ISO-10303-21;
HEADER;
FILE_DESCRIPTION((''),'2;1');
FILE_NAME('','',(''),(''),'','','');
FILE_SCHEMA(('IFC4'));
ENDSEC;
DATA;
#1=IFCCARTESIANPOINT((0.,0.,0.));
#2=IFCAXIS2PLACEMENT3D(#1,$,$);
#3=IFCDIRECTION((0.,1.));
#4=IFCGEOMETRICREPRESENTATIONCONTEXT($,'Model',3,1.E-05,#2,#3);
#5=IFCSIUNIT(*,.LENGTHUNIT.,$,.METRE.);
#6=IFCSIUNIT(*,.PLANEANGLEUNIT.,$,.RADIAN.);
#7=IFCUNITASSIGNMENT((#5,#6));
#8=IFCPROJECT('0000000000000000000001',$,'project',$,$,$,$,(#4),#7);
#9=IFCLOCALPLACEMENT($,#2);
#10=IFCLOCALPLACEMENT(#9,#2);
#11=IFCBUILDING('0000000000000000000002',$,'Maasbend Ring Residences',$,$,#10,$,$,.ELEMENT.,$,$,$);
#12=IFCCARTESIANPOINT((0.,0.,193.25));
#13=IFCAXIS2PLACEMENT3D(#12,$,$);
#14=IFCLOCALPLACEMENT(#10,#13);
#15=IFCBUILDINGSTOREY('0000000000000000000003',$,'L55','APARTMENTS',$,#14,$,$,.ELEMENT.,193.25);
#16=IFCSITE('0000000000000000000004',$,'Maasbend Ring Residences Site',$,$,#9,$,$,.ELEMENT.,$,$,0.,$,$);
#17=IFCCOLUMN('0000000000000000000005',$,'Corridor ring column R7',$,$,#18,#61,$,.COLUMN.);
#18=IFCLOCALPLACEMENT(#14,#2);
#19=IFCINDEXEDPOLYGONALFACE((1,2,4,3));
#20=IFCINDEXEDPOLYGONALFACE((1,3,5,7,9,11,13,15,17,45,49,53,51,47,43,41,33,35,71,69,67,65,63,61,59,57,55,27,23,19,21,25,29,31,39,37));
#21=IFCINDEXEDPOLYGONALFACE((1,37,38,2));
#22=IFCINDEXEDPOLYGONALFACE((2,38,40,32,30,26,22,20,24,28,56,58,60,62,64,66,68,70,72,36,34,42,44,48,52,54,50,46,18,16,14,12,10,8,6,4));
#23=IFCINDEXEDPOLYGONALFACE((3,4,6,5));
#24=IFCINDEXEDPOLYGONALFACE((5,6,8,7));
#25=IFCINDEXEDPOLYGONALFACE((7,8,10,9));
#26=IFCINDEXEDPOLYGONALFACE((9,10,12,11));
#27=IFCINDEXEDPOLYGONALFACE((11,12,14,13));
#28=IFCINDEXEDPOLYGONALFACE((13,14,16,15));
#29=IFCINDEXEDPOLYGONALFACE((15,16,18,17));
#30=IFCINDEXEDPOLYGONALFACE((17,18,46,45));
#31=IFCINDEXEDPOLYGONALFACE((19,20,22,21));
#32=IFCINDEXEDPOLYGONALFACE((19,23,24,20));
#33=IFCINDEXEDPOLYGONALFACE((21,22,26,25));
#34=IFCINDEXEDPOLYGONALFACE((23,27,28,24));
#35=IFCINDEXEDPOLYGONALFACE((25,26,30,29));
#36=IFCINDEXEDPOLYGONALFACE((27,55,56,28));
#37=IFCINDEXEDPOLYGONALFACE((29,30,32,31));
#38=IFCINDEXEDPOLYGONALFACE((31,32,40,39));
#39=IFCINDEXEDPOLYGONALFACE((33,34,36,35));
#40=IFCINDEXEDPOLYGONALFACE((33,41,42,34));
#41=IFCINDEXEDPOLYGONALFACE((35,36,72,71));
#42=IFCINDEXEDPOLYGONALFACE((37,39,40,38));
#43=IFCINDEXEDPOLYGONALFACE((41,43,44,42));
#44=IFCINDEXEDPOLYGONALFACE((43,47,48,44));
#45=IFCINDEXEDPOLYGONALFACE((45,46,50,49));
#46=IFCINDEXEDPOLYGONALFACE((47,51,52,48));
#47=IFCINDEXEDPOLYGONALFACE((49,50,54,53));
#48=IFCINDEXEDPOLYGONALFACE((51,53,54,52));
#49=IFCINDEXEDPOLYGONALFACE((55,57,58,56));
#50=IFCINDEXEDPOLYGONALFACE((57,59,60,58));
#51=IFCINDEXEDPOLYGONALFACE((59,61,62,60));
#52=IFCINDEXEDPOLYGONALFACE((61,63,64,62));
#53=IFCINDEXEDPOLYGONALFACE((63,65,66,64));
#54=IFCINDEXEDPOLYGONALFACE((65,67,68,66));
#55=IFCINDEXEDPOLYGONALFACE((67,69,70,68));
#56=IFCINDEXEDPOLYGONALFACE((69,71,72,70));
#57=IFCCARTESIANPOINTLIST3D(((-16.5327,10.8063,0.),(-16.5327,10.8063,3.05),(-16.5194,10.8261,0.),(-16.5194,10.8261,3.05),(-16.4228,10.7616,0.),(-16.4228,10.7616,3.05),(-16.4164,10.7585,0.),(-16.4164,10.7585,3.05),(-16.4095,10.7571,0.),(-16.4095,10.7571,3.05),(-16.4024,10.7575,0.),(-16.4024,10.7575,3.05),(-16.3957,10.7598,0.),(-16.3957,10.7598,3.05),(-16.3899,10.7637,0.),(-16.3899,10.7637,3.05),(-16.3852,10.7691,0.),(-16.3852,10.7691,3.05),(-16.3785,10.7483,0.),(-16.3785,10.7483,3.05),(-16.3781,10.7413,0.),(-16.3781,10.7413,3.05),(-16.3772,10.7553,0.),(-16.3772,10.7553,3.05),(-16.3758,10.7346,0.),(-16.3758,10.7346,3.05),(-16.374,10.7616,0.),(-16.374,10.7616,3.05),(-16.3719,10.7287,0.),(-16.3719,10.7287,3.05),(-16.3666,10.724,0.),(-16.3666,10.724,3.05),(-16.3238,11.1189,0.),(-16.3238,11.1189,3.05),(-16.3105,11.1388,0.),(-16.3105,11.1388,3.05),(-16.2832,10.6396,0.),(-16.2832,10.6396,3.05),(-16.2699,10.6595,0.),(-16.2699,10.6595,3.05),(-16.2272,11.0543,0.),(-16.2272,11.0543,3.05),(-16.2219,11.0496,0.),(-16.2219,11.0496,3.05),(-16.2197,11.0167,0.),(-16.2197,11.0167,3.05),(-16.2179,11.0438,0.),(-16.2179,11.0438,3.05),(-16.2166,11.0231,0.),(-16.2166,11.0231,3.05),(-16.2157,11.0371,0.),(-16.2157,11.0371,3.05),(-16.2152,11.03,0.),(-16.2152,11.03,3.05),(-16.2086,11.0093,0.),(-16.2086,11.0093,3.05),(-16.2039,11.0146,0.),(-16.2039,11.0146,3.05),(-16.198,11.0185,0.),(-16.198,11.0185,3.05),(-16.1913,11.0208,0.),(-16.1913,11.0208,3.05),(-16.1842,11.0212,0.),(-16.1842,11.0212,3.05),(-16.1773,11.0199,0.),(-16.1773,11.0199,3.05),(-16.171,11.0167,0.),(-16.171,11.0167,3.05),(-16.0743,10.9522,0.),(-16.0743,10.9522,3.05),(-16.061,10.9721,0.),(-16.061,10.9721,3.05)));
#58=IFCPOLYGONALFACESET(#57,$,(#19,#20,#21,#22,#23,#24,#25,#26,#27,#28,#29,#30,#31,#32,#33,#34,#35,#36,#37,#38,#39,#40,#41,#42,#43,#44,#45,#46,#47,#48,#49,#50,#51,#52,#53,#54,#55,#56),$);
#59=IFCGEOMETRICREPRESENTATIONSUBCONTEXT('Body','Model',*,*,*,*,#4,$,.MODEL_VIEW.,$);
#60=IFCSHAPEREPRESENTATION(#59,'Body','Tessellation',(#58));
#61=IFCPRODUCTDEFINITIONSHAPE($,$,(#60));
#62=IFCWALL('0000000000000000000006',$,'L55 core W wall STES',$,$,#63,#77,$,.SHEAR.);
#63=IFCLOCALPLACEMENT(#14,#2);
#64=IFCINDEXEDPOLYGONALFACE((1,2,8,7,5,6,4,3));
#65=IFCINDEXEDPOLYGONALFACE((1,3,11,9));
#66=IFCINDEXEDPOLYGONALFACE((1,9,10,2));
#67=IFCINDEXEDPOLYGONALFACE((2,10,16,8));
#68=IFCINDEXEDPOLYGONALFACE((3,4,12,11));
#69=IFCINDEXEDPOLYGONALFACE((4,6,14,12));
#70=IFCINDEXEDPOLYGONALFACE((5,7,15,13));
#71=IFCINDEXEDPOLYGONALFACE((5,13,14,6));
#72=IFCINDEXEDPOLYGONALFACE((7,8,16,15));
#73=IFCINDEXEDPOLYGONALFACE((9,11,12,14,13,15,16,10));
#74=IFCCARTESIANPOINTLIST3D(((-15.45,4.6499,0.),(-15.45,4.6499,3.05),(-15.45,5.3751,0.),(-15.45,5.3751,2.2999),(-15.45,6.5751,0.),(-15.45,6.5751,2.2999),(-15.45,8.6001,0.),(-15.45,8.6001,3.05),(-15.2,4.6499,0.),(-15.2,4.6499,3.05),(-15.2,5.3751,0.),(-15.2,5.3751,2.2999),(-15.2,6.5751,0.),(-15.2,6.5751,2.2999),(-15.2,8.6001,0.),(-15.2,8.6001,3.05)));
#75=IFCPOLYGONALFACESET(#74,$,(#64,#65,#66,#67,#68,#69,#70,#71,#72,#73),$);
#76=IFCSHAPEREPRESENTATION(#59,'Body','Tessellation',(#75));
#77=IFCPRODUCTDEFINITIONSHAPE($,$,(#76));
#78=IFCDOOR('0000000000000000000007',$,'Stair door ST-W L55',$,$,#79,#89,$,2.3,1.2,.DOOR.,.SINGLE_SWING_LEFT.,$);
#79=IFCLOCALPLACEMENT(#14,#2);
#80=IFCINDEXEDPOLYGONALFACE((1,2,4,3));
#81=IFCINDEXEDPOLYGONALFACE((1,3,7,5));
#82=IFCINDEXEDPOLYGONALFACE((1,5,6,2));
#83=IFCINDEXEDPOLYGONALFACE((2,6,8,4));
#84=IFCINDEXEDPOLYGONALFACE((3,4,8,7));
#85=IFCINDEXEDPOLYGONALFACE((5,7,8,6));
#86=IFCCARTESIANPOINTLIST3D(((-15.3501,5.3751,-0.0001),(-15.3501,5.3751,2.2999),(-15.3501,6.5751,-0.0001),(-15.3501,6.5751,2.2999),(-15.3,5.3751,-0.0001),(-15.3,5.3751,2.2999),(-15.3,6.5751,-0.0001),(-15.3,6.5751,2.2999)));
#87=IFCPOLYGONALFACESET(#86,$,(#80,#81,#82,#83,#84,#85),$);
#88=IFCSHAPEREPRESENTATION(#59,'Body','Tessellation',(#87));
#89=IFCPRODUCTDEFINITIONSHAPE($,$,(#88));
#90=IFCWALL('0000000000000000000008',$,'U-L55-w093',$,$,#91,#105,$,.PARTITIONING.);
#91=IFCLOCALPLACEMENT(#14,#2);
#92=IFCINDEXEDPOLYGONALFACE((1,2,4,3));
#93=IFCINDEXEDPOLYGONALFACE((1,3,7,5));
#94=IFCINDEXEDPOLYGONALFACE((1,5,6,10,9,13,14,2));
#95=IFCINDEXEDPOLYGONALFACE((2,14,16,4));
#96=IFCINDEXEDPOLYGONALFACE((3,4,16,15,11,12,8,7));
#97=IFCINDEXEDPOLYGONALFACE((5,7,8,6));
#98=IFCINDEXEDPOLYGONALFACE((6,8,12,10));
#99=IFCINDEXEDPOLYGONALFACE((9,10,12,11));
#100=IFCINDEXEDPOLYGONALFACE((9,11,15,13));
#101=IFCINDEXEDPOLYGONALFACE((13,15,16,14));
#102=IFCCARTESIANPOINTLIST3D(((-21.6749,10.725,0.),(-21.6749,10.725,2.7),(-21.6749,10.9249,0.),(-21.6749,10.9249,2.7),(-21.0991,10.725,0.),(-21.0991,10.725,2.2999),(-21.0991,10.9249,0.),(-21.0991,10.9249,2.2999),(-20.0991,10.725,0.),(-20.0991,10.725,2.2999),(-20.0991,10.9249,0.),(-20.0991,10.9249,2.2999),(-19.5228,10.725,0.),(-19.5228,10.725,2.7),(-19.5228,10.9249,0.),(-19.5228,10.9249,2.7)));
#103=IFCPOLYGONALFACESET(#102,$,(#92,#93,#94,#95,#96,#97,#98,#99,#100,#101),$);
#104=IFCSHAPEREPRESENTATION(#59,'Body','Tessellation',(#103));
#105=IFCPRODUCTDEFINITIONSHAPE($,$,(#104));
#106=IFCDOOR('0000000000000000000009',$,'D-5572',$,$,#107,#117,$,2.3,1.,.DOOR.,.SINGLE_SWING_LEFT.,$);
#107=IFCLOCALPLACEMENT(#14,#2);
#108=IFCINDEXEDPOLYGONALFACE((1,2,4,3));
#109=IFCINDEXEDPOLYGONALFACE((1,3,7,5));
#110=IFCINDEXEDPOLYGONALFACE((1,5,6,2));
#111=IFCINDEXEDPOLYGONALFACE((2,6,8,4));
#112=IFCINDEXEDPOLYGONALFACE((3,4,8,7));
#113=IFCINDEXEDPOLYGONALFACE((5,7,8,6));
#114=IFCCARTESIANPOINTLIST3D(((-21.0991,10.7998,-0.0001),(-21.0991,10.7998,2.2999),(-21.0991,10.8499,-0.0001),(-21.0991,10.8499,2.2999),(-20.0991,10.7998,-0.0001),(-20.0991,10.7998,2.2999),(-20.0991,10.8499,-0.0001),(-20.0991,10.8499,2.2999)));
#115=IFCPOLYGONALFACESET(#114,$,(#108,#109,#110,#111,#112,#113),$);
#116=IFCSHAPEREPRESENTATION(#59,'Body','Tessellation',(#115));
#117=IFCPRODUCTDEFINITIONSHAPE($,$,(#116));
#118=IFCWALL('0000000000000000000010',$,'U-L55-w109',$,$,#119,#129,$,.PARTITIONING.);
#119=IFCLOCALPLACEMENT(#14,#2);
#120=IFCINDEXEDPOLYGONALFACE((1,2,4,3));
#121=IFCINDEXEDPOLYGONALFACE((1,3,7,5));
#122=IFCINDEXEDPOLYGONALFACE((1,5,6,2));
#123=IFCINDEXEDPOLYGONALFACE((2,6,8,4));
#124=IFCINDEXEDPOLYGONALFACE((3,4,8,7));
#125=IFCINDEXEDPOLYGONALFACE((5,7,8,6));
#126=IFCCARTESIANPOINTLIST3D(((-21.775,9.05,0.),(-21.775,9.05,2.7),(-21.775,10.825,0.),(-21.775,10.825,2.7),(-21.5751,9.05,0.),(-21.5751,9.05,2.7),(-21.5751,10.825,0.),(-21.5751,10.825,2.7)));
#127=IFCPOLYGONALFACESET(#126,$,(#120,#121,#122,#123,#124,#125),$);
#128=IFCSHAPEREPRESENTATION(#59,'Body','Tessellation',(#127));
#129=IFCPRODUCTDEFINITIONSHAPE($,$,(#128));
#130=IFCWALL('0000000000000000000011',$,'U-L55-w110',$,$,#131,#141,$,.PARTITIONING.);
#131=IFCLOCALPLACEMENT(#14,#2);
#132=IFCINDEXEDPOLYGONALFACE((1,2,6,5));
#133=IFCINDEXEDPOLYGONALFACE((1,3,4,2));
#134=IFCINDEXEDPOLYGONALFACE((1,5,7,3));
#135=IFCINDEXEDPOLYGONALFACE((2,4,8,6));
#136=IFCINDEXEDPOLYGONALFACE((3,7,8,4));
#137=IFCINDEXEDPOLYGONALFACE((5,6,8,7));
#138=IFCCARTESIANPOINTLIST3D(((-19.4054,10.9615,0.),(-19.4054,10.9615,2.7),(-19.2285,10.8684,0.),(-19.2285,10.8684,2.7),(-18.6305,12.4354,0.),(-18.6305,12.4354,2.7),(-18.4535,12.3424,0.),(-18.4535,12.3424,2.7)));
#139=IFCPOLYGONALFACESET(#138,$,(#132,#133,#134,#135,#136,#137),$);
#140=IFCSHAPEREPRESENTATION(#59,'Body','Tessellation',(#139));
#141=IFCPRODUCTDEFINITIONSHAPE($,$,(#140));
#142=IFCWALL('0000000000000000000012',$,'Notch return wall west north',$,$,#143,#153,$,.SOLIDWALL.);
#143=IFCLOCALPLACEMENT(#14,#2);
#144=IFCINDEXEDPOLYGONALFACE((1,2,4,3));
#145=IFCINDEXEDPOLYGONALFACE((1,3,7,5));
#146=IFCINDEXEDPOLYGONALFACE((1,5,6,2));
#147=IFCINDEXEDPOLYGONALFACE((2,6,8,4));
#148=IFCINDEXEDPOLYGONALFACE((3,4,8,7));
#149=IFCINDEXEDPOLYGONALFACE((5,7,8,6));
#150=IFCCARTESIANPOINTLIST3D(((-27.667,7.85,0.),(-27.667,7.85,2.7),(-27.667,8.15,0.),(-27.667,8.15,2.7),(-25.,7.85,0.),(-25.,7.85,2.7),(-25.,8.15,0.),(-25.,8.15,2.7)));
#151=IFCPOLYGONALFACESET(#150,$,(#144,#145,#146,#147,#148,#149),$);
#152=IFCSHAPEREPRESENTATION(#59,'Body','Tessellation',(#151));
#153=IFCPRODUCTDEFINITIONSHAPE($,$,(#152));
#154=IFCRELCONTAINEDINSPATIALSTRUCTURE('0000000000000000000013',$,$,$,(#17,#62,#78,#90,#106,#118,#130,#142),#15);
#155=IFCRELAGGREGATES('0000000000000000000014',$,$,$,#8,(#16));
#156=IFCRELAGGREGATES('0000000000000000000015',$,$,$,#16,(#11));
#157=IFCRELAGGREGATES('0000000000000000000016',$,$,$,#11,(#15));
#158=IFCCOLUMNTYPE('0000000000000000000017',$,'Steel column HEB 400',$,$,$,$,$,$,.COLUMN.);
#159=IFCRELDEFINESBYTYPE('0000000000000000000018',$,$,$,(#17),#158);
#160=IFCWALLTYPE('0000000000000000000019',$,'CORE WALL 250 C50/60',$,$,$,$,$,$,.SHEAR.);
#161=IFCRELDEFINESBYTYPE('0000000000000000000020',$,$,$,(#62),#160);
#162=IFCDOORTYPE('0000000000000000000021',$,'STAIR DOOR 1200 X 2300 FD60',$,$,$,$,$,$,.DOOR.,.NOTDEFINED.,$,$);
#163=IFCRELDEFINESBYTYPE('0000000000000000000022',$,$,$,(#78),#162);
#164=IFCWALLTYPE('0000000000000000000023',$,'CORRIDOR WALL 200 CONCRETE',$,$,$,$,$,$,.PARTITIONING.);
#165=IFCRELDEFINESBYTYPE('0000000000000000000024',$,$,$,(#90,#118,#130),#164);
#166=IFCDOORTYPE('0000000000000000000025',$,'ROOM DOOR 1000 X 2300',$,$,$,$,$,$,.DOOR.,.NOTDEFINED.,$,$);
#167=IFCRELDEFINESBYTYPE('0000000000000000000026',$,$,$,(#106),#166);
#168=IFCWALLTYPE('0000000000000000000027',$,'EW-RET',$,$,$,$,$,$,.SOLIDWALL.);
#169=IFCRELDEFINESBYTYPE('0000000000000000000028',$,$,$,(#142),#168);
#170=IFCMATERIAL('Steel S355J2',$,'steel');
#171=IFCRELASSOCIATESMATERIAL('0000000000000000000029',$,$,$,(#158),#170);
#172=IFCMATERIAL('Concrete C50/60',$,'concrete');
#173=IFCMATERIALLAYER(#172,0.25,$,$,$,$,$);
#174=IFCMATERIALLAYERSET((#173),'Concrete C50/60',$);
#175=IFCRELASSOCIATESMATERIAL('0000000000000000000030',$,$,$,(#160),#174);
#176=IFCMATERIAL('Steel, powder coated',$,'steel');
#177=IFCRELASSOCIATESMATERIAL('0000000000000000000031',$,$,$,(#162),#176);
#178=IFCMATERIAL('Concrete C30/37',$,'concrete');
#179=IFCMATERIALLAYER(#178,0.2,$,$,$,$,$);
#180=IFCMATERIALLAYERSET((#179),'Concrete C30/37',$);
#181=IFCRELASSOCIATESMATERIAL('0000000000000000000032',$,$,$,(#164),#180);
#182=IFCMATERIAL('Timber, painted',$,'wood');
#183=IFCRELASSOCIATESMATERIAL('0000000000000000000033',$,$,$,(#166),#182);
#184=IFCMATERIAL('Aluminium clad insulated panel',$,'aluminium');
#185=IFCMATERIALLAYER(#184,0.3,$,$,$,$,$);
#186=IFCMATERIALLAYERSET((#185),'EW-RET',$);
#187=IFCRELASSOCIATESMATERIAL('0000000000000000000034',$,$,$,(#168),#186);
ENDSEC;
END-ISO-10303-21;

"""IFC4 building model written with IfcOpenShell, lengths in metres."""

from ifc_helpers import new_model, si_unit, direction, frame, frame_2d, origin, origin_2d, place, context, subcontext, project, spatial, rectangle, i_section, extrude, material, layer, layer_set, material_profile, profile_set, type_object, element, fill, save


model = new_model("IFC4")

# Units and contexts
model_context = context("Model", 3, precision=1e-05, world=origin(), true_north=direction((0.0, 1.0)))
body_context = subcontext(model_context, "Body", "Model", "MODEL_VIEW")
ifc_project = project(units=[si_unit("LENGTHUNIT", "METRE"), si_unit("PLANEANGLEUNIT", "RADIAN")], contexts=[model_context])

# Site, building, storey
site_placement = place(None, origin())
site = spatial("IfcSite", under=ifc_project, at=site_placement, Name="Maasbend Ring Residences Site", CompositionType="ELEMENT", RefElevation=0.0)
building_placement = place(site_placement, origin())
building = spatial("IfcBuilding", under=site, at=building_placement, Name="Maasbend Ring Residences", CompositionType="ELEMENT")
storey_placement = place(building_placement, frame((0.0, 0.0, 193.25)))
storey = spatial("IfcBuildingStorey", under=building, at=storey_placement, Name="L55", Description="APARTMENTS", CompositionType="ELEMENT", Elevation=193.25)

# Column
ifc_material_1 = material(Name="Steel S355J2", Category="steel")
ifc_material_profile = material_profile(ifc_material_1, i_section(OverallWidth=0.3, OverallDepth=0.3999, WebThickness=0.0134, FlangeThickness=0.0239, FilletRadius=0.0271, at=origin_2d()), Name="HEB 400")
ifc_profile_set = profile_set([ifc_material_profile], Name="Steel S355J2")
column_type = type_object("IfcColumnType", Name="Steel column HEB 400", PredefinedType="COLUMN", material=ifc_profile_set)
column_placement = place(storey_placement, frame((-16.2969, 10.8892, 0.0), z_axis=(0.0, 0.0, 1.0), x_axis=(-0.83147, 0.55557, 0.0)))
element("IfcColumn", 1, at=column_placement, inside=storey, type_object=column_type, Name="Corridor ring column R7", PredefinedType="COLUMN", context=body_context, shape_type="SweptSolid", body=[
    extrude(i_section(OverallWidth=0.3, OverallDepth=0.3999, WebThickness=0.0134, FlangeThickness=0.0239, FilletRadius=0.0271, at=origin_2d()), origin(), (0.0, 0.0, 1.0), 3.05),
])

# Walls, openings, doors
ifc_material_2 = material(Name="Concrete C50/60", Category="concrete")
ifc_layer_1 = layer(ifc_material_2, 0.25)
ifc_layer_set_1 = layer_set([ifc_layer_1], Name="Concrete C50/60")
wall_type_1 = type_object("IfcWallType", Name="CORE WALL 250 C50/60", PredefinedType="SHEAR", material=ifc_layer_set_1)
wall_1_placement = place(storey_placement, frame((-15.325, 8.6001, 0.0), z_axis=(0.0, 0.0, 1.0), x_axis=(0.0, -1.0, 0.0)))
wall_1 = element("IfcWall", 2, at=wall_1_placement, inside=storey, type_object=wall_type_1, Name="L55 core W wall STES", PredefinedType="SHEAR", context=body_context, shape_type="SweptSolid", body=[
    extrude(rectangle(XDim=3.9502, YDim=0.25, at=frame_2d((1.9751, 0.0))), origin(), (0.0, 0.0, 1.0), 3.05),
])
opening_1_placement = place(wall_1_placement, frame((2.0249, 0.0, 0.0)))
opening_1 = element("IfcOpeningElement", 3, at=opening_1_placement, cuts=wall_1, PredefinedType="OPENING", context=body_context, shape_type="SweptSolid", body=[
    extrude(rectangle(XDim=1.2, YDim=2.3, at=frame_2d((0.6001, 1.1499))), frame((0.0, 0.135, 0.0), z_axis=(0.0, -1.0, 0.0), x_axis=(1.0, 0.0, 0.0)), (0.0, 0.0, 1.0), 0.27),
])
ifc_material_3 = material(Name="Steel, powder coated", Category="steel")
door_type_1 = type_object("IfcDoorType", Name="STAIR DOOR 1200 X 2300 FD60", OperationType="NOTDEFINED", PredefinedType="DOOR", material=ifc_material_3)
door_1_placement = place(opening_1_placement, origin())
door_1 = element("IfcDoor", 4, at=door_1_placement, inside=storey, type_object=door_type_1, Name="Stair door ST-W L55", OperationType="SINGLE_SWING_LEFT", OverallHeight=2.3, OverallWidth=1.2, PredefinedType="DOOR", context=body_context, shape_type="SweptSolid", body=[
    extrude(rectangle(XDim=1.2, YDim=2.3, at=frame_2d((0.6001, 1.1499))), frame((0.0, 0.0249, 0.0), z_axis=(0.0, -1.0, 0.0), x_axis=(1.0, 0.0, 0.0)), (0.0, 0.0, 1.0), 0.05),
])
fill(opening_1, door_1)
ifc_material_4 = material(Name="Concrete C30/37", Category="concrete")
ifc_layer_2 = layer(ifc_material_4, 0.2)
ifc_layer_set_2 = layer_set([ifc_layer_2], Name="Concrete C30/37")
wall_type_2 = type_object("IfcWallType", Name="CORRIDOR WALL 200 CONCRETE", PredefinedType="PARTITIONING", material=ifc_layer_set_2)
wall_2_placement = place(storey_placement, frame((-21.675, 10.825, 0.0), z_axis=(0.0, 0.0, 1.0), x_axis=(1.0, 0.0, 0.0)))
wall_2 = element("IfcWall", 5, at=wall_2_placement, inside=storey, type_object=wall_type_2, Name="U-L55-w093", PredefinedType="PARTITIONING", context=body_context, shape_type="SweptSolid", body=[
    extrude(rectangle(XDim=2.1521, YDim=0.2, at=frame_2d((1.0762, 0.0))), origin(), (0.0, 0.0, 1.0), 2.7),
])
opening_2_placement = place(wall_2_placement, frame((0.5759, 0.0, 0.0)))
opening_2 = element("IfcOpeningElement", 6, at=opening_2_placement, cuts=wall_2, PredefinedType="OPENING", context=body_context, shape_type="SweptSolid", body=[
    extrude(rectangle(XDim=1.0, YDim=2.3, at=frame_2d((0.5, 1.1499))), frame((0.0, 0.1099, 0.0), z_axis=(0.0, -1.0, 0.0), x_axis=(1.0, 0.0, 0.0)), (0.0, 0.0, 1.0), 0.22),
])
ifc_material_5 = material(Name="Timber, painted", Category="wood")
door_type_2 = type_object("IfcDoorType", Name="ROOM DOOR 1000 X 2300", OperationType="NOTDEFINED", PredefinedType="DOOR", material=ifc_material_5)
door_2_placement = place(opening_2_placement, origin())
door_2 = element("IfcDoor", 7, at=door_2_placement, inside=storey, type_object=door_type_2, Name="D-5572", OperationType="SINGLE_SWING_LEFT", OverallHeight=2.3, OverallWidth=1.0, PredefinedType="DOOR", context=body_context, shape_type="SweptSolid", body=[
    extrude(rectangle(XDim=1.0, YDim=2.3, at=frame_2d((0.5, 1.1499))), frame((0.0, 0.0249, 0.0), z_axis=(0.0, -1.0, 0.0), x_axis=(1.0, 0.0, 0.0)), (0.0, 0.0, 1.0), 0.05),
])
fill(opening_2, door_2)

# Walls
wall_3_placement = place(storey_placement, frame((-21.675, 9.05, 0.0), z_axis=(0.0, 0.0, 1.0), x_axis=(0.0, 1.0, 0.0)))
element("IfcWall", 8, at=wall_3_placement, inside=storey, type_object=wall_type_2, Name="U-L55-w109", PredefinedType="PARTITIONING", context=body_context, shape_type="SweptSolid", body=[
    extrude(rectangle(XDim=1.7749, YDim=0.2, at=frame_2d((0.8875, 0.0))), origin(), (0.0, 0.0, 1.0), 2.7),
])
wall_4_placement = place(storey_placement, frame((-19.3169, 10.915, 0.0), z_axis=(0.0, 0.0, 1.0), x_axis=(0.46536, 0.885122, 0.0)))
element("IfcWall", 9, at=wall_4_placement, inside=storey, type_object=wall_type_2, Name="U-L55-w110", PredefinedType="PARTITIONING", context=body_context, shape_type="SweptSolid", body=[
    extrude(rectangle(XDim=1.6653, YDim=0.2, at=frame_2d((0.8325, 0.0))), origin(), (0.0, 0.0, 1.0), 2.7),
])
ifc_material_6 = material(Name="Aluminium clad insulated panel", Category="aluminium")
ifc_layer_3 = layer(ifc_material_6, 0.3)
ifc_layer_set_3 = layer_set([ifc_layer_3], Name="EW-RET")
wall_type_3 = type_object("IfcWallType", Name="EW-RET", PredefinedType="SOLIDWALL", material=ifc_layer_set_3)
wall_5_placement = place(storey_placement, frame((-25.0, 8.0, 0.0), z_axis=(0.0, 0.0, 1.0), x_axis=(-1.0, 0.0, 0.0)))
element("IfcWall", 10, at=wall_5_placement, inside=storey, type_object=wall_type_3, Name="Notch return wall west north", PredefinedType="SOLIDWALL", context=body_context, shape_type="SweptSolid", body=[
    extrude(rectangle(XDim=2.667, YDim=0.3, at=frame_2d((1.3335, 0.0))), origin(), (0.0, 0.0, 1.0), 2.7),
])

save(model, "model.ifc")
